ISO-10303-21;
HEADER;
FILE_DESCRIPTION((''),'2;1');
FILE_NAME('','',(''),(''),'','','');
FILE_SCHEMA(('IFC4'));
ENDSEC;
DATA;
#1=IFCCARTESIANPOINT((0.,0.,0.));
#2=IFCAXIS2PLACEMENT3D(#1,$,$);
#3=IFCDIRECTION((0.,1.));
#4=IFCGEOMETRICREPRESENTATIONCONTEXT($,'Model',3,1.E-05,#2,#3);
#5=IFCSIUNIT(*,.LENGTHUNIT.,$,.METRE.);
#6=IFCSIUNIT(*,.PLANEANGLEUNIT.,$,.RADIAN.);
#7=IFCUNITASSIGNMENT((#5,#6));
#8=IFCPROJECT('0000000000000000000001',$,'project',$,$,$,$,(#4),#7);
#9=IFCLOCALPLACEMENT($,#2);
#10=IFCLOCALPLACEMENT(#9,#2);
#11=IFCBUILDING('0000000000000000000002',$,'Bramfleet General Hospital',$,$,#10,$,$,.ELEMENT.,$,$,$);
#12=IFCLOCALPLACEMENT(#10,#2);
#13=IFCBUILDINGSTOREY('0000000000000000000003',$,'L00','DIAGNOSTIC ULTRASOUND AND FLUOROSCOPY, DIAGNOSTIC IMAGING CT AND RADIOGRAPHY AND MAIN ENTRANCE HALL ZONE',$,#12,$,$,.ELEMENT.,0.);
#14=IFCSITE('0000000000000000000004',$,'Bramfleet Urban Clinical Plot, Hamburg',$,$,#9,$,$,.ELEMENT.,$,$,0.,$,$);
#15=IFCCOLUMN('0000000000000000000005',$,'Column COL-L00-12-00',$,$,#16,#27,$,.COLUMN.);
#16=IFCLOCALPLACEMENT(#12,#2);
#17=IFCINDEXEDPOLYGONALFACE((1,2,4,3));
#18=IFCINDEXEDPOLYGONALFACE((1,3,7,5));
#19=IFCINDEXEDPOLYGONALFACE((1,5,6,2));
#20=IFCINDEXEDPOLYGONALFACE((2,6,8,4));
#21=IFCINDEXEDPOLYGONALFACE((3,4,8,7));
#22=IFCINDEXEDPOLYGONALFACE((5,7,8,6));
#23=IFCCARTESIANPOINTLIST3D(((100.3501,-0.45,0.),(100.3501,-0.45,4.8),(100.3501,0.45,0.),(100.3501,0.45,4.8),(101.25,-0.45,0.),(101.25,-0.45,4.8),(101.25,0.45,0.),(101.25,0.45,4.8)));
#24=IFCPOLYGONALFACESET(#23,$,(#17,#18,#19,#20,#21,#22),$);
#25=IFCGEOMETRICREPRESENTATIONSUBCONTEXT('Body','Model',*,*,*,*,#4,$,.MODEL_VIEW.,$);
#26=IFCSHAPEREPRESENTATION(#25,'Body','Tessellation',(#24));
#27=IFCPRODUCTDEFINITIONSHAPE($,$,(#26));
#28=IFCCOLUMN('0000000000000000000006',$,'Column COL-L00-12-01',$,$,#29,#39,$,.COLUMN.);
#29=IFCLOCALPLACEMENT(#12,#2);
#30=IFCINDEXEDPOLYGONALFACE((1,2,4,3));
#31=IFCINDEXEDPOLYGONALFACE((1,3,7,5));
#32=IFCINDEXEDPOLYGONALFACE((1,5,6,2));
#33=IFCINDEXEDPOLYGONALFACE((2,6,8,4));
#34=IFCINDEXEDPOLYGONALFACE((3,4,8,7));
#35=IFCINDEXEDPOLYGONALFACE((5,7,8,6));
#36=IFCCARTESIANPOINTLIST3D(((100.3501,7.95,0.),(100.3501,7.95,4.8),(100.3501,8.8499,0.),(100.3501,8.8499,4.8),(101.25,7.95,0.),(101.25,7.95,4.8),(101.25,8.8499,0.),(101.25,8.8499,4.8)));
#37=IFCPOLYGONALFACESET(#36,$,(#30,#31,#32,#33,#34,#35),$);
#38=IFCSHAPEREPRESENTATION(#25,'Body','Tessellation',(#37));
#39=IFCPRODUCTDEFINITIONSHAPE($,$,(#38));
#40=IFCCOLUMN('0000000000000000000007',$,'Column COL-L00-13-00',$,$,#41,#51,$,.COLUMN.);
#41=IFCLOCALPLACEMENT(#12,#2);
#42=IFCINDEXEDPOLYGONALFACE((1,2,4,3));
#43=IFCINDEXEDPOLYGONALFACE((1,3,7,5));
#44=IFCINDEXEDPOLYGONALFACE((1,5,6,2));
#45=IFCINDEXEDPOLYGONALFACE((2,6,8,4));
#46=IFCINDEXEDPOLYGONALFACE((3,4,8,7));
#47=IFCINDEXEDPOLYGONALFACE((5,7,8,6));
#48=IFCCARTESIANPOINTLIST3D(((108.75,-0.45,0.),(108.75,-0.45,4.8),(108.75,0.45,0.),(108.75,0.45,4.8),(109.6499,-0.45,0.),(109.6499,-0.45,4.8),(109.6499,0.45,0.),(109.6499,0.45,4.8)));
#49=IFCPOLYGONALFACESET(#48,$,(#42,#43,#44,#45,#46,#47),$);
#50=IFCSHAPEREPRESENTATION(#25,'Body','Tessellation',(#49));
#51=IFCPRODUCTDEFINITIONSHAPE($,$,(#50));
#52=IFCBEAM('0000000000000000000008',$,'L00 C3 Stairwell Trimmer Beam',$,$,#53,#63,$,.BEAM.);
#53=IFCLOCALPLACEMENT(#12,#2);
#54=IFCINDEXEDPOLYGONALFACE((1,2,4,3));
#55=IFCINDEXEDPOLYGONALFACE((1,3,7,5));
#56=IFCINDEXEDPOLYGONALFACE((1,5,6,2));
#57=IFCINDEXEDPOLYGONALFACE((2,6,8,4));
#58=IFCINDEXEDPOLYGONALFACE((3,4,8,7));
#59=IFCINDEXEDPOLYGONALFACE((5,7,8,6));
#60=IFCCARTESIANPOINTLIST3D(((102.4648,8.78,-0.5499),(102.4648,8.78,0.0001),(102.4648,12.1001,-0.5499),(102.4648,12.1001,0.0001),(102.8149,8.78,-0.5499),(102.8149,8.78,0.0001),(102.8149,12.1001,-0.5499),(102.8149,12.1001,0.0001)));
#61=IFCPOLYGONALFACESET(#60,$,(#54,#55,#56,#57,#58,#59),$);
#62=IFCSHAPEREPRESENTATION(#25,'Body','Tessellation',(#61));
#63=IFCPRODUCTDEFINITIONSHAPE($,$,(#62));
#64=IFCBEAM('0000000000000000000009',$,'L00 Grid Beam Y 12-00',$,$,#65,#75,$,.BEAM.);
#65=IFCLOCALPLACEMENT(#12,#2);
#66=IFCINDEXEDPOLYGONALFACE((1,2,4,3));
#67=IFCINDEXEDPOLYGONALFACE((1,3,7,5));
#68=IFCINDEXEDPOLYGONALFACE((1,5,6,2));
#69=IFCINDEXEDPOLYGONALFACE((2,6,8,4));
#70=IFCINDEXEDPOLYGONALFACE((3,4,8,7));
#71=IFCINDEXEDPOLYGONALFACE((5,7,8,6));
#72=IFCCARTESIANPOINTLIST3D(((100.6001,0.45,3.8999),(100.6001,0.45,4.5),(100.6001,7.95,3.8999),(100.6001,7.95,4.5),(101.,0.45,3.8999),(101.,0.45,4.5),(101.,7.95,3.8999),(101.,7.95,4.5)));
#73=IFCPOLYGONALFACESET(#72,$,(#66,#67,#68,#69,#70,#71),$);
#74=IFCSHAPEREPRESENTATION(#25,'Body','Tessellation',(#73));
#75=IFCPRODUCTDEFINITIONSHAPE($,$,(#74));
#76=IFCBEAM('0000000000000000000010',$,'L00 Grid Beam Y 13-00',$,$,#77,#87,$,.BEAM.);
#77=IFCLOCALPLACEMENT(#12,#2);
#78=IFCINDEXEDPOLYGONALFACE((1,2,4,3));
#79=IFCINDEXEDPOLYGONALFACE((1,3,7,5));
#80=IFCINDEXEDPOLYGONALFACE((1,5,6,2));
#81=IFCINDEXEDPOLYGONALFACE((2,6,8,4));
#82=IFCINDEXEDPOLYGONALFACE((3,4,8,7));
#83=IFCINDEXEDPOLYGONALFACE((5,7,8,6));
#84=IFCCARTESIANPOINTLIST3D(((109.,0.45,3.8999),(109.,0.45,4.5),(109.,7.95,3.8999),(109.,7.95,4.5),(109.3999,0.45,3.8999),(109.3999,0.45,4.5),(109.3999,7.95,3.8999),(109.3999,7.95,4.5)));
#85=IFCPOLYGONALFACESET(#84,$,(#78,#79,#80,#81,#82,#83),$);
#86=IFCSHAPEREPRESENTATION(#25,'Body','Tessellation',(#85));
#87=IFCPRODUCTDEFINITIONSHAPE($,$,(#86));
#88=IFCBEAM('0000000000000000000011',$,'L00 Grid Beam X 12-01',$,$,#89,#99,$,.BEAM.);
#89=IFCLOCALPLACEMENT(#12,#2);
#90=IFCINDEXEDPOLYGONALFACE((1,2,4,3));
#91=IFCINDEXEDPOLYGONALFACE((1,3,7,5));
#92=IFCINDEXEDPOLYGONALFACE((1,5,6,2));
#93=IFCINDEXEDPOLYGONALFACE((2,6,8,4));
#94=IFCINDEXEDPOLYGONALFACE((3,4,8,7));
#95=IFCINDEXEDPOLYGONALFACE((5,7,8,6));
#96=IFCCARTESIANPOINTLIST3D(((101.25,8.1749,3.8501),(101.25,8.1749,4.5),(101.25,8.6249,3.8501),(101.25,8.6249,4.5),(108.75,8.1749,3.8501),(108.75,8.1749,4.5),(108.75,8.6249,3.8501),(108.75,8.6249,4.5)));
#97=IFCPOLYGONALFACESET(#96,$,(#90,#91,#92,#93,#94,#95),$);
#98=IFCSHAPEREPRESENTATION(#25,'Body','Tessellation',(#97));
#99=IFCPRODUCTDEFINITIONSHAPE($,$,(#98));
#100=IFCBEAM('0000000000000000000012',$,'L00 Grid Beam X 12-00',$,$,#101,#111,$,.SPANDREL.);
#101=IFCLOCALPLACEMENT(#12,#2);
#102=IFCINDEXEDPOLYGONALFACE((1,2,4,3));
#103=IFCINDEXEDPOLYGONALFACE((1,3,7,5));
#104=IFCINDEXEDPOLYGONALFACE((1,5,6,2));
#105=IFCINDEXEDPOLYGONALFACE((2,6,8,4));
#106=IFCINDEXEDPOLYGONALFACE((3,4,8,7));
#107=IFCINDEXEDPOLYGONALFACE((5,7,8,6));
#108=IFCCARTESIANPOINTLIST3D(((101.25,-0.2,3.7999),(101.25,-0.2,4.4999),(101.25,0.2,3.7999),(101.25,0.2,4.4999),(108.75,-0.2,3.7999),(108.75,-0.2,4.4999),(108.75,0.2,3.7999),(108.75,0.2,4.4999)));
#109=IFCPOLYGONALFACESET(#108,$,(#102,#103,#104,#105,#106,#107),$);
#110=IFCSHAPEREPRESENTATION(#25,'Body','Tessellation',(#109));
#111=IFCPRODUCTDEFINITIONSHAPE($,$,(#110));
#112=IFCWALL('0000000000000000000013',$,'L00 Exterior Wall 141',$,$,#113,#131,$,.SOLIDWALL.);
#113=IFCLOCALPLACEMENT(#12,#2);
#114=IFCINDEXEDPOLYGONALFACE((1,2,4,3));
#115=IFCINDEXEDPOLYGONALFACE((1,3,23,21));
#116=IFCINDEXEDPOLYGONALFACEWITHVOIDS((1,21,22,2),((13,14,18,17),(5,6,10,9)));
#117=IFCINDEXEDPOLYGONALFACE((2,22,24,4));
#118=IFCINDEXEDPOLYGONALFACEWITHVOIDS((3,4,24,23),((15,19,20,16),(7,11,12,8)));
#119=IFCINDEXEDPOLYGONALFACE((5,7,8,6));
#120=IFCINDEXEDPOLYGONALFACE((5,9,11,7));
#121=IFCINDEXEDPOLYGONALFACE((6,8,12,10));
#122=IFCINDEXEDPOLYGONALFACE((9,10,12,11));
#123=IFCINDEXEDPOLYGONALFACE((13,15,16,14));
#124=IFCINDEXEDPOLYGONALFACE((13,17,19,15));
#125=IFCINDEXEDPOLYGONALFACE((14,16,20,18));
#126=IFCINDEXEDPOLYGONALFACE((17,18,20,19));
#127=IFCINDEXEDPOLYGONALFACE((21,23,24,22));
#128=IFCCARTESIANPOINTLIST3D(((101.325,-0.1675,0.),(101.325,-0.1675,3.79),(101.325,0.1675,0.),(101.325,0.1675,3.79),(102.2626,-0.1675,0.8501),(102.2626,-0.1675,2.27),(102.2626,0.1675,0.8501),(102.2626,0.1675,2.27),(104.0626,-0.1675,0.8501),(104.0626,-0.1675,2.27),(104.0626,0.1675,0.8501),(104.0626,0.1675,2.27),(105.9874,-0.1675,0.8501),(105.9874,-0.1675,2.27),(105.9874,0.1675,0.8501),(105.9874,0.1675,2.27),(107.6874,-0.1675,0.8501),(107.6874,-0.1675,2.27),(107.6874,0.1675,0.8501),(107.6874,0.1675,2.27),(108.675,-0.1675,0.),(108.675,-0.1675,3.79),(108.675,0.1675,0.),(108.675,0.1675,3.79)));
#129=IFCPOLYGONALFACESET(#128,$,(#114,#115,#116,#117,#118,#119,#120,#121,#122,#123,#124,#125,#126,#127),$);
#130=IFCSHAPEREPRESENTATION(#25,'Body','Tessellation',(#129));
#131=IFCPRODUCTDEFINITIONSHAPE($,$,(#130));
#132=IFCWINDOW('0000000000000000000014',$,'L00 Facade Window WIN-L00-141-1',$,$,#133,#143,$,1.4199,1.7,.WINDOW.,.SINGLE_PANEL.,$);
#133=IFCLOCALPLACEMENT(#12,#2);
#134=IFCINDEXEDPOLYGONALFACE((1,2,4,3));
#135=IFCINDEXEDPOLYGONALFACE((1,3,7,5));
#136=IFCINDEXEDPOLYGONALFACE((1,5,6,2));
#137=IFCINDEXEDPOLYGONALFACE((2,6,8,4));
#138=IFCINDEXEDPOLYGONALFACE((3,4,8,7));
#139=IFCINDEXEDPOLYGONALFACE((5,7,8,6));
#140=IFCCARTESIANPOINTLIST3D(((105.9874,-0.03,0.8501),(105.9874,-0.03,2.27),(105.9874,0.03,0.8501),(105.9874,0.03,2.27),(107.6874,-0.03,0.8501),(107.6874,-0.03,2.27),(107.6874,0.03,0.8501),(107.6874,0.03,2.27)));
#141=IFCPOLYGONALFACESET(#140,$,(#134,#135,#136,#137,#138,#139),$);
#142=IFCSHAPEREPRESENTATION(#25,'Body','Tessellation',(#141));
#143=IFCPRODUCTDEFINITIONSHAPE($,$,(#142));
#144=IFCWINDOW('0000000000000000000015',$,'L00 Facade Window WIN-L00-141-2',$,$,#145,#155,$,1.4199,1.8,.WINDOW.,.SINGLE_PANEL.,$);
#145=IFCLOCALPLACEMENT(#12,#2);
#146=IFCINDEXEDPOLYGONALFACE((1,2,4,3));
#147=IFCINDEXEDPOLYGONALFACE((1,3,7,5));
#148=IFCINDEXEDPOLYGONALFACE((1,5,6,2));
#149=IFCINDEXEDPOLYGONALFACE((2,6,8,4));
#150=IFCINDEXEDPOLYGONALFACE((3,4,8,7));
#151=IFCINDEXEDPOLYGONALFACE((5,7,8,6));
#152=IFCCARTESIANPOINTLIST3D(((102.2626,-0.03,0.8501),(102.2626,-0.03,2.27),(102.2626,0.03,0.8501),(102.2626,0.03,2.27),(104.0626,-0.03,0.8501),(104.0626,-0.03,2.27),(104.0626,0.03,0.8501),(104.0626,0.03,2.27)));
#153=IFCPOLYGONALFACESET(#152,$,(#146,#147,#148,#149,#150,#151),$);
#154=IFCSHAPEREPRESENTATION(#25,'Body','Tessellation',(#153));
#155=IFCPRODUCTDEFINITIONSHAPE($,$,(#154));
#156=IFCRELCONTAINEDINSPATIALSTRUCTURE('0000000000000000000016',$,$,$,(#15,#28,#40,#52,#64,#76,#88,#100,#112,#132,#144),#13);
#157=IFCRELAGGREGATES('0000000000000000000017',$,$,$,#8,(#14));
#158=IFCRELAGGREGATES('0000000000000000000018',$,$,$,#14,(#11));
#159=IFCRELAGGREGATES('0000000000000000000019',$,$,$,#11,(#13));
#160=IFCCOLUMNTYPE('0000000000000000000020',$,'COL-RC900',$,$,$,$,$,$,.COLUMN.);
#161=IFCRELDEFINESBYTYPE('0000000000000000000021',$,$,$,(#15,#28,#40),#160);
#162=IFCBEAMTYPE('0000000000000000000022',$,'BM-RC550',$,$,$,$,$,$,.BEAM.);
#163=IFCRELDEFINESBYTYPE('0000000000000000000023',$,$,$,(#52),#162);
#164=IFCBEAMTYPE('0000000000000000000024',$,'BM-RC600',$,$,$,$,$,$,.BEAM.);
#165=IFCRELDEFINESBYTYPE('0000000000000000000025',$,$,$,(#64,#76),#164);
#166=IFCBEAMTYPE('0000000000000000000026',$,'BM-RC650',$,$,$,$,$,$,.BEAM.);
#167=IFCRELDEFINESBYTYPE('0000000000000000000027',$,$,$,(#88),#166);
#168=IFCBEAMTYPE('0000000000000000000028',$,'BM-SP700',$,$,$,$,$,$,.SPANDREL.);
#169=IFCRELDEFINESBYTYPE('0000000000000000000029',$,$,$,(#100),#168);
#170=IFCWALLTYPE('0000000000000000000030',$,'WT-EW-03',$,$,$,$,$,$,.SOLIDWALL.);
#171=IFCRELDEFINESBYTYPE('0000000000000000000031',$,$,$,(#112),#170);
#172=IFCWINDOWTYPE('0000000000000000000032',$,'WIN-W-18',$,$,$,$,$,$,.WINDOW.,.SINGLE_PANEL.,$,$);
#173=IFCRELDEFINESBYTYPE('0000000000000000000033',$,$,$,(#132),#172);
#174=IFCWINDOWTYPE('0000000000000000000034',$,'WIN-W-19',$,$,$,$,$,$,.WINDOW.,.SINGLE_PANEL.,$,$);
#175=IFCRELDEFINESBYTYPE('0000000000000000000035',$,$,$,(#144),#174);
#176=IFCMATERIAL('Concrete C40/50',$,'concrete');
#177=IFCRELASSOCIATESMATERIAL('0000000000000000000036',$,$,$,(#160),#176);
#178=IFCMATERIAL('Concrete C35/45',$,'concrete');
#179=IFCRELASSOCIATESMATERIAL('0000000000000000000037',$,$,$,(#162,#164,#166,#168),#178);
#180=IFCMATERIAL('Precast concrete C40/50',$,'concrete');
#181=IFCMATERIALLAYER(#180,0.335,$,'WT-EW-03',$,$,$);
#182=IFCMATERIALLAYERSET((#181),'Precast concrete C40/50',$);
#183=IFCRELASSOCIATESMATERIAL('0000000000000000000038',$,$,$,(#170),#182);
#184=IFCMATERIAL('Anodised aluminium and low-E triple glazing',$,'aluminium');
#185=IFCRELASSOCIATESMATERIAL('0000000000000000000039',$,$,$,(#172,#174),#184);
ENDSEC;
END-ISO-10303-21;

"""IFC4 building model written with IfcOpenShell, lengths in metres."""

from ifc_helpers import new_model, si_unit, direction, frame, frame_2d, origin, origin_2d, place, context, subcontext, project, spatial, rectangle, extrude, material, layer, layer_set, material_profile, profile_set, type_object, element, fill, save


model = new_model("IFC4")

# Units and contexts
model_context = context("Model", 3, precision=1e-05, world=origin(), true_north=direction((0.0, 1.0)))
body_context = subcontext(model_context, "Body", "Model", "MODEL_VIEW")
ifc_project = project(units=[si_unit("LENGTHUNIT", "METRE"), si_unit("PLANEANGLEUNIT", "RADIAN")], contexts=[model_context])

# Site, building, storey
site_placement = place(None, origin())
site = spatial("IfcSite", under=ifc_project, at=site_placement, Name="Bramfleet Urban Clinical Plot, Hamburg", CompositionType="ELEMENT", RefElevation=0.0)
building_placement = place(site_placement, origin())
building = spatial("IfcBuilding", under=site, at=building_placement, Name="Bramfleet General Hospital", CompositionType="ELEMENT")
storey_placement = place(building_placement, origin())
storey = spatial("IfcBuildingStorey", under=building, at=storey_placement, Name="L00", Description="DIAGNOSTIC ULTRASOUND AND FLUOROSCOPY, DIAGNOSTIC IMAGING CT AND RADIOGRAPHY AND MAIN ENTRANCE HALL ZONE", CompositionType="ELEMENT", Elevation=0.0)

# Columns
ifc_material_1 = material(Name="Concrete C40/50", Category="concrete")
ifc_material_profile_1 = material_profile(ifc_material_1, rectangle(XDim=0.8999, YDim=0.8999, at=origin_2d()), Name="RC COL 900x900")
ifc_profile_set_1 = profile_set([ifc_material_profile_1], Name="Concrete C40/50")
column_type = type_object("IfcColumnType", Name="COL-RC900", PredefinedType="COLUMN", material=ifc_profile_set_1)
for number, where, z_axis, x_axis, name in (
    (1, (100.8, 0.0, 0.0), (0.0, 0.0, 1.0), (1.0, 0.0, 0.0), "Column COL-L00-12-00"),
    (2, (100.8, 8.3999, 0.0), (0.0, 0.0, 1.0), (1.0, 0.0, 0.0), "Column COL-L00-12-01"),
    (3, (109.2, 0.0, 0.0), (0.0, 0.0, 1.0), (1.0, 0.0, 0.0), "Column COL-L00-13-00"),
):
    element("IfcColumn", number, at=place(storey_placement, frame(where, z_axis=z_axis, x_axis=x_axis)), inside=storey, type_object=column_type, Name=name, PredefinedType="COLUMN", context=body_context, shape_type="SweptSolid", body=[
        extrude(rectangle(XDim=0.8999, YDim=0.8999, at=origin_2d()), origin(), (0.0, 0.0, 1.0), 4.8),
    ])

# Beams
ifc_material_2 = material(Name="Concrete C35/45", Category="concrete")
ifc_material_profile_2 = material_profile(ifc_material_2, rectangle(XDim=0.3501, YDim=0.55, at=origin_2d()), Name="RC BM 550x350")
ifc_profile_set_2 = profile_set([ifc_material_profile_2], Name="Concrete C35/45")
beam_type_1 = type_object("IfcBeamType", Name="BM-RC550", PredefinedType="BEAM", material=ifc_profile_set_2)
beam_1_placement = place(storey_placement, frame((102.6399, 8.78, -0.2749), z_axis=(0.0, 1.0, 0.0), x_axis=(-1.0, 0.0, 0.0)))
element("IfcBeam", 4, at=beam_1_placement, inside=storey, type_object=beam_type_1, Name="L00 C3 Stairwell Trimmer Beam", PredefinedType="BEAM", context=body_context, shape_type="SweptSolid", body=[
    extrude(rectangle(XDim=0.3501, YDim=0.55, at=origin_2d()), origin(), (0.0, 0.0, 1.0), 3.3201),
])
ifc_material_profile_3 = material_profile(ifc_material_2, rectangle(XDim=0.3999, YDim=0.6001, at=origin_2d()), Name="RC BM 600x400")
ifc_profile_set_3 = profile_set([ifc_material_profile_3], Name="Concrete C35/45")
beam_type_2 = type_object("IfcBeamType", Name="BM-RC600", PredefinedType="BEAM", material=ifc_profile_set_3)
for number, where, z_axis, x_axis, name in (
    (5, (100.8, 0.45, 4.2), (0.0, 1.0, 0.0), (-1.0, 0.0, 0.0), "L00 Grid Beam Y 12-00"),
    (6, (109.2, 0.45, 4.2), (0.0, 1.0, 0.0), (-1.0, 0.0, 0.0), "L00 Grid Beam Y 13-00"),
):
    element("IfcBeam", number, at=place(storey_placement, frame(where, z_axis=z_axis, x_axis=x_axis)), inside=storey, type_object=beam_type_2, Name=name, PredefinedType="BEAM", context=body_context, shape_type="SweptSolid", body=[
        extrude(rectangle(XDim=0.3999, YDim=0.6001, at=origin_2d()), origin(), (0.0, 0.0, 1.0), 7.5),
    ])
ifc_material_profile_4 = material_profile(ifc_material_2, rectangle(XDim=0.45, YDim=0.6499, at=origin_2d()), Name="RC BM 650x450")
ifc_profile_set_4 = profile_set([ifc_material_profile_4], Name="Concrete C35/45")
beam_type_3 = type_object("IfcBeamType", Name="BM-RC650", PredefinedType="BEAM", material=ifc_profile_set_4)
beam_2_placement = place(storey_placement, frame((101.25, 8.3999, 4.175), z_axis=(1.0, 0.0, 0.0), x_axis=(0.0, 1.0, 0.0)))
element("IfcBeam", 7, at=beam_2_placement, inside=storey, type_object=beam_type_3, Name="L00 Grid Beam X 12-01", PredefinedType="BEAM", context=body_context, shape_type="SweptSolid", body=[
    extrude(rectangle(XDim=0.45, YDim=0.6499, at=origin_2d()), origin(), (0.0, 0.0, 1.0), 7.5),
])
ifc_material_profile_5 = material_profile(ifc_material_2, rectangle(XDim=0.3999, YDim=0.7, at=origin_2d()), Name="RC SP 700x400")
ifc_profile_set_5 = profile_set([ifc_material_profile_5], Name="Concrete C35/45")
beam_type_4 = type_object("IfcBeamType", Name="BM-SP700", PredefinedType="SPANDREL", material=ifc_profile_set_5)
beam_3_placement = place(storey_placement, frame((101.25, 0.0, 4.1499), z_axis=(1.0, 0.0, 0.0), x_axis=(0.0, 1.0, 0.0)))
element("IfcBeam", 8, at=beam_3_placement, inside=storey, type_object=beam_type_4, Name="L00 Grid Beam X 12-00", PredefinedType="SPANDREL", context=body_context, shape_type="SweptSolid", body=[
    extrude(rectangle(XDim=0.3999, YDim=0.7, at=origin_2d()), origin(), (0.0, 0.0, 1.0), 7.5),
])

# Wall, openings, windows
ifc_material_3 = material(Name="Precast concrete C40/50", Category="concrete")
ifc_layer_1 = layer(ifc_material_3, 0.335, Name="WT-EW-03")
ifc_layer_set_1 = layer_set([ifc_layer_1], Name="Precast concrete C40/50")
wall_type_1 = type_object("IfcWallType", Name="WT-EW-03", PredefinedType="SOLIDWALL", material=ifc_layer_set_1)
wall_1_placement = place(storey_placement, frame((108.675, 0.0, 0.0), z_axis=(0.0, 0.0, 1.0), x_axis=(-1.0, 0.0, 0.0)))
wall_1 = element("IfcWall", 9, at=wall_1_placement, inside=storey, type_object=wall_type_1, Name="L00 Exterior Wall 141", PredefinedType="SOLIDWALL", context=body_context, shape_type="SweptSolid", body=[
    extrude(rectangle(XDim=7.3501, YDim=0.335, at=frame_2d((3.675, 0.0))), origin(), (0.0, 0.0, 1.0), 3.79),
])
opening_1_placement = place(wall_1_placement, frame((0.9875, 0.0, 0.8501)))
opening_1 = element("IfcOpeningElement", 10, at=opening_1_placement, cuts=wall_1, PredefinedType="OPENING", context=body_context, shape_type="SweptSolid", body=[
    extrude(rectangle(XDim=1.7, YDim=1.4199, at=frame_2d((0.8501, 0.71))), frame((0.0, 0.1775, 0.0), z_axis=(0.0, -1.0, 0.0), x_axis=(1.0, 0.0, 0.0)), (0.0, 0.0, 1.0), 0.355),
])
opening_2_placement = place(wall_1_placement, frame((4.6125, 0.0, 0.8501)))
opening_2 = element("IfcOpeningElement", 11, at=opening_2_placement, cuts=wall_1, PredefinedType="OPENING", context=body_context, shape_type="SweptSolid", body=[
    extrude(rectangle(XDim=1.8, YDim=1.4199, at=frame_2d((0.8999, 0.71))), frame((0.0, 0.1775, 0.0), z_axis=(0.0, -1.0, 0.0), x_axis=(1.0, 0.0, 0.0)), (0.0, 0.0, 1.0), 0.355),
])
ifc_material_4 = material(Name="Anodised aluminium and low-E triple glazing", Category="aluminium")
window_type_1 = type_object("IfcWindowType", Name="WIN-W-18", PartitioningType="SINGLE_PANEL", PredefinedType="WINDOW", material=ifc_material_4)
window_1_placement = place(opening_1_placement, origin())
window_1 = element("IfcWindow", 12, at=window_1_placement, inside=storey, type_object=window_type_1, Name="L00 Facade Window WIN-L00-141-1", OverallHeight=1.4199, OverallWidth=1.7, PartitioningType="SINGLE_PANEL", PredefinedType="WINDOW", context=body_context, shape_type="SweptSolid", body=[
    extrude(rectangle(XDim=1.7, YDim=1.4199, at=frame_2d((0.8501, 0.71))), frame((0.0, 0.03, 0.0), z_axis=(0.0, -1.0, 0.0), x_axis=(1.0, 0.0, 0.0)), (0.0, 0.0, 1.0), 0.0601),
])
fill(opening_1, window_1)
window_type_2 = type_object("IfcWindowType", Name="WIN-W-19", PartitioningType="SINGLE_PANEL", PredefinedType="WINDOW", material=ifc_material_4)
window_2_placement = place(opening_2_placement, origin())
window_2 = element("IfcWindow", 13, at=window_2_placement, inside=storey, type_object=window_type_2, Name="L00 Facade Window WIN-L00-141-2", OverallHeight=1.4199, OverallWidth=1.8, PartitioningType="SINGLE_PANEL", PredefinedType="WINDOW", context=body_context, shape_type="SweptSolid", body=[
    extrude(rectangle(XDim=1.8, YDim=1.4199, at=frame_2d((0.8999, 0.71))), frame((0.0, 0.03, 0.0), z_axis=(0.0, -1.0, 0.0), x_axis=(1.0, 0.0, 0.0)), (0.0, 0.0, 1.0), 0.0601),
])
fill(opening_2, window_2)

save(model, "model.ifc")
